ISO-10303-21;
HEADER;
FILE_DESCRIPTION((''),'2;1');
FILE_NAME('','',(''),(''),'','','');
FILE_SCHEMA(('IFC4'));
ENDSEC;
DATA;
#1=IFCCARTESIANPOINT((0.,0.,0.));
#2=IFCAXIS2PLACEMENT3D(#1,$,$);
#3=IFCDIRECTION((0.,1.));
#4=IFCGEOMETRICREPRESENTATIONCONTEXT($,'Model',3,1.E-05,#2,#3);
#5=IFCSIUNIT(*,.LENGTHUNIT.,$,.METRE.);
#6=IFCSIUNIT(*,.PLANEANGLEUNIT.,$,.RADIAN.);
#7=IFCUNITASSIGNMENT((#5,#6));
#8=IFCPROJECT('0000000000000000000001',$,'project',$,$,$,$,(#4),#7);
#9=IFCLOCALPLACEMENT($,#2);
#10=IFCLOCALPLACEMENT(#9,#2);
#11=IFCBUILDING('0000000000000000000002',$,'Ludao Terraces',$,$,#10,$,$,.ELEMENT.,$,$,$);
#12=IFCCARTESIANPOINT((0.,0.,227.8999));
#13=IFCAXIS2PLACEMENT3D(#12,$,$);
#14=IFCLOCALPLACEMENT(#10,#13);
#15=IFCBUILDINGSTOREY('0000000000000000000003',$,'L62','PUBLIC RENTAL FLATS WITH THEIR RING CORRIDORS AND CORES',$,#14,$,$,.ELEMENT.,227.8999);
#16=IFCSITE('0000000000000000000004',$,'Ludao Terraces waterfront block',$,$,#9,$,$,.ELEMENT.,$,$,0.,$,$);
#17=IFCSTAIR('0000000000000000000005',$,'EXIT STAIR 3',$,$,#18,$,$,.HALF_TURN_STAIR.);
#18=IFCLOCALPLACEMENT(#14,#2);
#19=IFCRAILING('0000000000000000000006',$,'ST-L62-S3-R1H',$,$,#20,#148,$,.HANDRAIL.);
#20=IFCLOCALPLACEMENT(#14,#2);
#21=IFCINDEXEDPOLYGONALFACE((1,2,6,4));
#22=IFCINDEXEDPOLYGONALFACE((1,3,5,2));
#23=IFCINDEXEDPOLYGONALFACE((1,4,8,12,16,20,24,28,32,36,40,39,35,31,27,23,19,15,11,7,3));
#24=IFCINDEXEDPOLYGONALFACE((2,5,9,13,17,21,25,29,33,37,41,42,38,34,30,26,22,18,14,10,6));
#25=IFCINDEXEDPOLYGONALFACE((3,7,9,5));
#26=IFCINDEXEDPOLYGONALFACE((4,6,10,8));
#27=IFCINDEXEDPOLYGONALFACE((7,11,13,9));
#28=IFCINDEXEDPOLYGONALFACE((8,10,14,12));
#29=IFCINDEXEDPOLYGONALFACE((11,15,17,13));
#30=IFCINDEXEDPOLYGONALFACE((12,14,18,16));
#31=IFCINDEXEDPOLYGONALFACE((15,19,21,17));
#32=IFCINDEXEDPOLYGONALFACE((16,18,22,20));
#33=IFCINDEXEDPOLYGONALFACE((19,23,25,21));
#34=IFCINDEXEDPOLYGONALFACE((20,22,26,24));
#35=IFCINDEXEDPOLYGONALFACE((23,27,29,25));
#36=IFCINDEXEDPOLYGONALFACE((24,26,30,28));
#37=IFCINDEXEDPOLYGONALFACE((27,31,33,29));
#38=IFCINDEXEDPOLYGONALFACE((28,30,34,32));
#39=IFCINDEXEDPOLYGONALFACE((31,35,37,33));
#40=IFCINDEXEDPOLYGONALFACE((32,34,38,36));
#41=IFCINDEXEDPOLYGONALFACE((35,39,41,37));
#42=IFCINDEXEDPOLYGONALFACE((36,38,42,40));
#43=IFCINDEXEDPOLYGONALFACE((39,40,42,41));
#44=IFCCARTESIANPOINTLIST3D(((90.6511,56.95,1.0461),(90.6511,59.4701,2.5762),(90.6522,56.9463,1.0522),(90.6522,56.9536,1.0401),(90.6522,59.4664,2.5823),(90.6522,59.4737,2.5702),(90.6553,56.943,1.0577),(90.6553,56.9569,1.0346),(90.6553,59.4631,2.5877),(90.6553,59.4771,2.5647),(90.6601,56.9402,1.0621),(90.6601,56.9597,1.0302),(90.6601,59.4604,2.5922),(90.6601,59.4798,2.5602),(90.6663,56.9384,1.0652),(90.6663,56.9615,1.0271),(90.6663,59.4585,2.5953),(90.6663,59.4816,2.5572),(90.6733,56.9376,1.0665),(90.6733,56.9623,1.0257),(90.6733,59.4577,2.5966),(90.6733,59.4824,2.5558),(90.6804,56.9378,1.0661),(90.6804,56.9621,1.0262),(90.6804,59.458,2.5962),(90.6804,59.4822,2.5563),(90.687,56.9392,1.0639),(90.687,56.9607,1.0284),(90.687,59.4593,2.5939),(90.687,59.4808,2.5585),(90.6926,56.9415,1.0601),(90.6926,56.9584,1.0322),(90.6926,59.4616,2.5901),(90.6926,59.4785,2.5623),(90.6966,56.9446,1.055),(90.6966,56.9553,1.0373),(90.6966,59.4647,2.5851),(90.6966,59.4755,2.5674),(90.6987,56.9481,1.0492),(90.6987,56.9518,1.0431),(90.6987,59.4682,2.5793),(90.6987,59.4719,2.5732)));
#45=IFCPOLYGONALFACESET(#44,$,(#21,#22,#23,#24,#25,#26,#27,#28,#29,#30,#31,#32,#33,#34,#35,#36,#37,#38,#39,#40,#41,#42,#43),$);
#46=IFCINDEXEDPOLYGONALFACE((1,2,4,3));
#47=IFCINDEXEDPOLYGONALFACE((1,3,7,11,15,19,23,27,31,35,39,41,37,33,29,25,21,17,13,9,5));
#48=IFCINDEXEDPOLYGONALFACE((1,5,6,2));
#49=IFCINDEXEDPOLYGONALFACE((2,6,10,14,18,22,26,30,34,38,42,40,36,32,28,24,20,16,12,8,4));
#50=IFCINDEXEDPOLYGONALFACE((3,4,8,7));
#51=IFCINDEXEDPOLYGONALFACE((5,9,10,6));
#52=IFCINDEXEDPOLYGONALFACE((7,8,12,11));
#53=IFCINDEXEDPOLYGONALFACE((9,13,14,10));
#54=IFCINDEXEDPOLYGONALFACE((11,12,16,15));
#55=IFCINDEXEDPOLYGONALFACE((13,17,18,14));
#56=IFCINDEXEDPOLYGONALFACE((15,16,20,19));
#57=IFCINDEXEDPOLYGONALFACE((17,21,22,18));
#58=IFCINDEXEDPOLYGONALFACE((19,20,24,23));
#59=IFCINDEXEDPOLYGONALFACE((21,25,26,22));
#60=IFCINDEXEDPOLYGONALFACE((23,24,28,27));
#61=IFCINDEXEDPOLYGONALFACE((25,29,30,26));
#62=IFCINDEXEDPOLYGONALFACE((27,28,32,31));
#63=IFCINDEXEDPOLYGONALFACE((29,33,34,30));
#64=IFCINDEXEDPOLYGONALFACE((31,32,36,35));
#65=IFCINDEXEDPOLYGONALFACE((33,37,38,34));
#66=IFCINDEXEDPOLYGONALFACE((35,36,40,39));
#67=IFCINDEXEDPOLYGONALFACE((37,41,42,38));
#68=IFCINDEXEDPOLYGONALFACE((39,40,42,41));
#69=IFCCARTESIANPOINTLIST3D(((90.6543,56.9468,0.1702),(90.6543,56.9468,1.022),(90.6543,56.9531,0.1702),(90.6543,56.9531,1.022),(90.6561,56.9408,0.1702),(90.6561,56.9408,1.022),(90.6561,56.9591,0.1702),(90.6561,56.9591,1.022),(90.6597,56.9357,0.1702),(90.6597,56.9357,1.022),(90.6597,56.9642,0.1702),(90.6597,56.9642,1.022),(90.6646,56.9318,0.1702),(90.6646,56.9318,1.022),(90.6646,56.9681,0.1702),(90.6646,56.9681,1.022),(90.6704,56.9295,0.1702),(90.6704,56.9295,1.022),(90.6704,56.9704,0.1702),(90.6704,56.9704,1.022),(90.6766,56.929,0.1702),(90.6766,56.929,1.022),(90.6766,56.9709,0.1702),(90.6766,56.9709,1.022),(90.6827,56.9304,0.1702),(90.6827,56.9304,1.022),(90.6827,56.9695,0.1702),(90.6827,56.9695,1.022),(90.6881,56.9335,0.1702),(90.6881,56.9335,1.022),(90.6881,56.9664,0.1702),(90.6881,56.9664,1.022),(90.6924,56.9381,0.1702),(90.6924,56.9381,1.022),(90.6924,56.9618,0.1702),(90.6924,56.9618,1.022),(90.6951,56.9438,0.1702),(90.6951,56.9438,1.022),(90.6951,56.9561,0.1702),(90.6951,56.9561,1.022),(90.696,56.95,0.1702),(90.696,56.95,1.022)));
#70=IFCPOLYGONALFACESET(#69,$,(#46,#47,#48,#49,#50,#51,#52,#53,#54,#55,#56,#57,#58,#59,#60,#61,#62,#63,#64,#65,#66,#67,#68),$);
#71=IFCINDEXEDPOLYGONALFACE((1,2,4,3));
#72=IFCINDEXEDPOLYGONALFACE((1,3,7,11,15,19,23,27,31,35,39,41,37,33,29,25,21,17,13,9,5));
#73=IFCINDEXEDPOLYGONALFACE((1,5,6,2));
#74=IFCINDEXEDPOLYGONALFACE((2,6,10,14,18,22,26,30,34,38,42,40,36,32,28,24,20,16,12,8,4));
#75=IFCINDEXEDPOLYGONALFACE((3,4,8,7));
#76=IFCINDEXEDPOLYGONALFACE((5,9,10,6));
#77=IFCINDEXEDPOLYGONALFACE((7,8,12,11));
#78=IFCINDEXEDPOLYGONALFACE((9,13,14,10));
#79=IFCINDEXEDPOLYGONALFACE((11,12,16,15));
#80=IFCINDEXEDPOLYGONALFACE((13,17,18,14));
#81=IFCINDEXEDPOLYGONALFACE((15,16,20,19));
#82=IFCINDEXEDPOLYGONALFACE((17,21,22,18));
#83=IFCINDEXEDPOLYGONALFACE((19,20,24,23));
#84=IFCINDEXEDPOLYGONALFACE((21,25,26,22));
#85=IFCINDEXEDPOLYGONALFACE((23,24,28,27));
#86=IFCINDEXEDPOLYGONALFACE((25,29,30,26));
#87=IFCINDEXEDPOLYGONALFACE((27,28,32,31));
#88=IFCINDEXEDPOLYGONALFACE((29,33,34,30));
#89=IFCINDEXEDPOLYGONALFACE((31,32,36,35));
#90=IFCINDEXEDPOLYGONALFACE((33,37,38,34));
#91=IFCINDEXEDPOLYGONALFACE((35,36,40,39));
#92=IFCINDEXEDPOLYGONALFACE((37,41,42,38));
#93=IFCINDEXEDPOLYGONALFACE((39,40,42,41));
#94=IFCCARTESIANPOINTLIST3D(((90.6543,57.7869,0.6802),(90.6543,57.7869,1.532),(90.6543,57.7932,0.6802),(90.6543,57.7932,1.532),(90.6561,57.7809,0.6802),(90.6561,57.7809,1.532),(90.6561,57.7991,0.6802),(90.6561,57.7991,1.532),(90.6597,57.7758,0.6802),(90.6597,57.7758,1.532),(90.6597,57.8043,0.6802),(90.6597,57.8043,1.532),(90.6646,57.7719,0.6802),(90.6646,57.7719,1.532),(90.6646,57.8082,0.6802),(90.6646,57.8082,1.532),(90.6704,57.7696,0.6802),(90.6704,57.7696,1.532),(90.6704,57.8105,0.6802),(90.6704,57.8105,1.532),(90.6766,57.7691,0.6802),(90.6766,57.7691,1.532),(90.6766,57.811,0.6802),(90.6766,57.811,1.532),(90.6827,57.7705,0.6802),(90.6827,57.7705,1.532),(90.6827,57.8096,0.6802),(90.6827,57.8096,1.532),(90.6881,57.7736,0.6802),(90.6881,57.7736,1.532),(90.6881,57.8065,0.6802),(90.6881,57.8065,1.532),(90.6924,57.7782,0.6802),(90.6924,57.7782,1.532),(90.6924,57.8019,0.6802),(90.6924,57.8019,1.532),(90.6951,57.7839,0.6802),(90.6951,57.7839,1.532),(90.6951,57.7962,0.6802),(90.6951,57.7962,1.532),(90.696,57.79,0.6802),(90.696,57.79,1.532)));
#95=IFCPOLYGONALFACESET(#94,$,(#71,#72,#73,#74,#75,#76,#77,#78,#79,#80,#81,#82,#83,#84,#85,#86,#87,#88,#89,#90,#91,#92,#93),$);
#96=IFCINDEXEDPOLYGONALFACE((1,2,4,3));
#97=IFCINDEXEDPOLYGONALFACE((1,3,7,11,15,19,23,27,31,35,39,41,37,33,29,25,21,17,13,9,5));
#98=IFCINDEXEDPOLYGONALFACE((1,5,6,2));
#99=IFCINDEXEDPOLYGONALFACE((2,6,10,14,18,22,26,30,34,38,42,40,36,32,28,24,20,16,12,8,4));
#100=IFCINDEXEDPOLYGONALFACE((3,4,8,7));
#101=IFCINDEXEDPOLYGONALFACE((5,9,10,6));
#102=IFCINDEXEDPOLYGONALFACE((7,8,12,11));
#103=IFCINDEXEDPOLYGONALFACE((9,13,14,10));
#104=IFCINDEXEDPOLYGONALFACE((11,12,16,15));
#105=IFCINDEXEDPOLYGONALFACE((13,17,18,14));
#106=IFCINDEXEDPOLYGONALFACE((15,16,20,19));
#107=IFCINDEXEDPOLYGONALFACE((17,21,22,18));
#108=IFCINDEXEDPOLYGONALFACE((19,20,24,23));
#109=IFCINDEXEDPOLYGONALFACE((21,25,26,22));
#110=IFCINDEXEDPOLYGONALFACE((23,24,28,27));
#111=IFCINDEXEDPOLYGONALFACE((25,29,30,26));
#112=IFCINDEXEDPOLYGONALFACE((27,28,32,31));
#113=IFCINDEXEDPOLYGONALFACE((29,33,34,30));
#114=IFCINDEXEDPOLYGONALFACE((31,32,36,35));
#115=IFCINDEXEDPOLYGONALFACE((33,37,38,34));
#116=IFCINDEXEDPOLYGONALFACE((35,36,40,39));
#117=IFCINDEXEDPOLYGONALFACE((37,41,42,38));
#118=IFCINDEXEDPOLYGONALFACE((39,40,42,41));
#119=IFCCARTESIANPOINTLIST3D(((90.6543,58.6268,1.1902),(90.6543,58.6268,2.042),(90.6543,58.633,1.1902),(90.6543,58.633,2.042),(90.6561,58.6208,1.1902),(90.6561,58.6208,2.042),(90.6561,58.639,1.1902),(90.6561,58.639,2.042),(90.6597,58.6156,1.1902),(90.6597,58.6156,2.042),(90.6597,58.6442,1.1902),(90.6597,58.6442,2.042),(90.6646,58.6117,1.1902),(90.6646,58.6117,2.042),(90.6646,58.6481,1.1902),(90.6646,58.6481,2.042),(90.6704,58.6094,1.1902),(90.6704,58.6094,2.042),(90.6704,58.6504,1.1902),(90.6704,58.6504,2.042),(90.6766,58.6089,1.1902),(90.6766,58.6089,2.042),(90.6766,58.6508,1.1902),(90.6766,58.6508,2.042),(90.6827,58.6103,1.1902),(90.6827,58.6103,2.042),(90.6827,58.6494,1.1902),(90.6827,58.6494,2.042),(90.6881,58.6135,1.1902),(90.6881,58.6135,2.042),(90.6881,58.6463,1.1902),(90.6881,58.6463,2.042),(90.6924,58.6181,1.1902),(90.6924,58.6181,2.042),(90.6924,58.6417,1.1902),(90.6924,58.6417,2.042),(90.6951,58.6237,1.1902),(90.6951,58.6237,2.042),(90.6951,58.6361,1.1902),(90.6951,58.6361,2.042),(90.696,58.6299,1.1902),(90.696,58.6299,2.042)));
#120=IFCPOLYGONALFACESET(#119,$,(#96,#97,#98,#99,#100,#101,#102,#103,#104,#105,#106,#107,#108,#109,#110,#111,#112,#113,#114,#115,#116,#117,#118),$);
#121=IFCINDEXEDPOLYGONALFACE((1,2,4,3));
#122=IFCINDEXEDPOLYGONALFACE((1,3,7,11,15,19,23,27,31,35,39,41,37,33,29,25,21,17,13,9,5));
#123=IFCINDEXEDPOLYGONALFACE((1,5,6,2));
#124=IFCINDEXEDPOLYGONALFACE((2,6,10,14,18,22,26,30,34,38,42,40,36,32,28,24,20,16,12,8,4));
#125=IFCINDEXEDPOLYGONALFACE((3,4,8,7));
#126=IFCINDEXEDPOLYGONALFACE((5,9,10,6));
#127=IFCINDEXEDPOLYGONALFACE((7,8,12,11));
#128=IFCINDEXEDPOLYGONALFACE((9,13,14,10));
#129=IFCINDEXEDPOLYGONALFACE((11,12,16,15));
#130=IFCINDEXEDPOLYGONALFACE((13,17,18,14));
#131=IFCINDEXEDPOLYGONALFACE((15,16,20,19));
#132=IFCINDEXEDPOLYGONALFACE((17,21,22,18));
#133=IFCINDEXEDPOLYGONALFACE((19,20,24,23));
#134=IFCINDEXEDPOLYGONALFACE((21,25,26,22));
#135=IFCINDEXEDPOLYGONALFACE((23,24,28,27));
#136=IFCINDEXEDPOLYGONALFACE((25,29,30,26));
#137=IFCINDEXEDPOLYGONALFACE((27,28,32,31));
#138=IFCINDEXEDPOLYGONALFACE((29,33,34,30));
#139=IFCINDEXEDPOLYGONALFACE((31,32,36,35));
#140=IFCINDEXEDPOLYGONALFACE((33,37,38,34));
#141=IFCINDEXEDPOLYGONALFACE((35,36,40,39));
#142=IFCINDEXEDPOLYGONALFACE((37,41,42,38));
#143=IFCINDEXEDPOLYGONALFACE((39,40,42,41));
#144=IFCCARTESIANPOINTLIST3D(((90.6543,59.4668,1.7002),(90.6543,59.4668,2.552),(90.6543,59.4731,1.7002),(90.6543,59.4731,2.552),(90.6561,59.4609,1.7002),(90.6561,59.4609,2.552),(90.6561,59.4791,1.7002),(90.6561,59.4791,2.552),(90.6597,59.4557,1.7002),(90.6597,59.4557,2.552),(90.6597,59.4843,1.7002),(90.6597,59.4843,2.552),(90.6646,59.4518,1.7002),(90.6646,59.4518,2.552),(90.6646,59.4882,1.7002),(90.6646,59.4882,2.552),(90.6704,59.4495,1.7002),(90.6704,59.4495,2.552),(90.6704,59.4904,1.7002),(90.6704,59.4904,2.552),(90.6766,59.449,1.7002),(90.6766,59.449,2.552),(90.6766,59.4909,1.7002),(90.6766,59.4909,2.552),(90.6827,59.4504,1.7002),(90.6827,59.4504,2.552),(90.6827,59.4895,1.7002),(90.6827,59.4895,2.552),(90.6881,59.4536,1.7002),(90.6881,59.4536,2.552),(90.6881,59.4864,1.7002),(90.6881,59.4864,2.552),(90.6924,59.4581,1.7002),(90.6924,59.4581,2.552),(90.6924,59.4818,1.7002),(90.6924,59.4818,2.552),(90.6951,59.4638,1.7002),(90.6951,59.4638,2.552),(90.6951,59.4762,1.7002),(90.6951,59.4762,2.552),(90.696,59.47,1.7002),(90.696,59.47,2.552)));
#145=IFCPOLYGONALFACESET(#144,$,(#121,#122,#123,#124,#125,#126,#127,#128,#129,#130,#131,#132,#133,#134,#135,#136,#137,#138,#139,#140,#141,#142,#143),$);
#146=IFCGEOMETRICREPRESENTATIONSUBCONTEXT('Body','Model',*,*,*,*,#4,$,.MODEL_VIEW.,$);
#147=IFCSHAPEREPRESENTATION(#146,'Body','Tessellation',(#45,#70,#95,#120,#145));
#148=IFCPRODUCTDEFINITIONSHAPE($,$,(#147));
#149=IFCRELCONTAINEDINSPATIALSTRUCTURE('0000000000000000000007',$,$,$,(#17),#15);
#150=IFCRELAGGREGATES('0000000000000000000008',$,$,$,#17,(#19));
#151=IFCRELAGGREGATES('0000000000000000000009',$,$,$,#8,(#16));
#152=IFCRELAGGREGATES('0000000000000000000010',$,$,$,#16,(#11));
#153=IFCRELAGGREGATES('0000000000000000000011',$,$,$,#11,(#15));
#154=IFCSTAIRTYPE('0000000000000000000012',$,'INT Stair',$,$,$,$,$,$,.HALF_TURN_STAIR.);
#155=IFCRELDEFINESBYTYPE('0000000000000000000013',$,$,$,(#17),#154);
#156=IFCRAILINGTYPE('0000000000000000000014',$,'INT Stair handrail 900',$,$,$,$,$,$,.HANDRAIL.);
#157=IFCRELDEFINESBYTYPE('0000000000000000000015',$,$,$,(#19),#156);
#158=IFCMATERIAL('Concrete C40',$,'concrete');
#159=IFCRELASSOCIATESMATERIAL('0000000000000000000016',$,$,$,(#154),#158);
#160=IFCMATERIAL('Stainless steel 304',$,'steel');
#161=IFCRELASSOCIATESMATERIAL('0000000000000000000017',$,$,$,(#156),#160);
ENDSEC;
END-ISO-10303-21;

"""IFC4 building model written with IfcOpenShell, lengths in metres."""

from ifc_helpers import new_model, si_unit, direction, frame, origin, origin_2d, place, context, subcontext, project, spatial, circle, extrude, material, type_object, element, aggregate, save


model = new_model("IFC4")

# Units and contexts
model_context = context("Model", 3, precision=1e-05, world=origin(), true_north=direction((0.0, 1.0)))
body_context = subcontext(model_context, "Body", "Model", "MODEL_VIEW")
ifc_project = project(units=[si_unit("LENGTHUNIT", "METRE"), si_unit("PLANEANGLEUNIT", "RADIAN")], contexts=[model_context])

# Site, building, storey
site_placement = place(None, origin())
site = spatial("IfcSite", under=ifc_project, at=site_placement, Name="Ludao Terraces waterfront block", CompositionType="ELEMENT", RefElevation=0.0)
building_placement = place(site_placement, origin())
building = spatial("IfcBuilding", under=site, at=building_placement, Name="Ludao Terraces", CompositionType="ELEMENT")
storey_placement = place(building_placement, frame((0.0, 0.0, 227.8999)))
storey = spatial("IfcBuildingStorey", under=building, at=storey_placement, Name="L62", Description="PUBLIC RENTAL FLATS WITH THEIR RING CORRIDORS AND CORES", CompositionType="ELEMENT", Elevation=227.8999)

# Shared definitions
ifc_material_1 = material(Name="Concrete C40", Category="concrete")

# Stair, railing
stair_type = type_object("IfcStairType", Name="INT Stair", PredefinedType="HALF_TURN_STAIR", material=ifc_material_1)
stair_placement = place(storey_placement, origin())
stair = element("IfcStair", 1, at=stair_placement, inside=storey, type_object=stair_type, Name="EXIT STAIR 3", PredefinedType="HALF_TURN_STAIR")
ifc_material_2 = material(Name="Stainless steel 304", Category="steel")
railing_type_1 = type_object("IfcRailingType", Name="INT Stair handrail 900", PredefinedType="HANDRAIL", material=ifc_material_2)
railing_1_placement = place(storey_placement, frame((90.675, 56.95, 0.1702)))
railing_1 = element("IfcRailing", 2, at=railing_1_placement, type_object=railing_type_1, Name="ST-L62-S3-R1H", PredefinedType="HANDRAIL", context=body_context, shape_type="SweptSolid", body=[
    extrude(circle(Radius=0.0239, at=origin_2d()), frame((0.0, 0.0, 0.876), z_axis=(0.0, 0.854785, 0.518982), x_axis=(-1.0, 0.0, 0.0)), (0.0, 0.0, 1.0), 2.9482),
    extrude(circle(Radius=0.021, at=origin_2d()), origin(), (0.0, 0.0, 1.0), 0.8518),
    extrude(circle(Radius=0.021, at=origin_2d()), frame((0.0, 0.8401, 0.51)), (0.0, 0.0, 1.0), 0.8518),
    extrude(circle(Radius=0.021, at=origin_2d()), frame((0.0, 1.6799, 1.02)), (0.0, 0.0, 1.0), 0.8518),
    extrude(circle(Radius=0.021, at=origin_2d()), frame((0.0, 2.52, 1.53)), (0.0, 0.0, 1.0), 0.8518),
])
aggregate(stair, [railing_1])

save(model, "model.ifc")
